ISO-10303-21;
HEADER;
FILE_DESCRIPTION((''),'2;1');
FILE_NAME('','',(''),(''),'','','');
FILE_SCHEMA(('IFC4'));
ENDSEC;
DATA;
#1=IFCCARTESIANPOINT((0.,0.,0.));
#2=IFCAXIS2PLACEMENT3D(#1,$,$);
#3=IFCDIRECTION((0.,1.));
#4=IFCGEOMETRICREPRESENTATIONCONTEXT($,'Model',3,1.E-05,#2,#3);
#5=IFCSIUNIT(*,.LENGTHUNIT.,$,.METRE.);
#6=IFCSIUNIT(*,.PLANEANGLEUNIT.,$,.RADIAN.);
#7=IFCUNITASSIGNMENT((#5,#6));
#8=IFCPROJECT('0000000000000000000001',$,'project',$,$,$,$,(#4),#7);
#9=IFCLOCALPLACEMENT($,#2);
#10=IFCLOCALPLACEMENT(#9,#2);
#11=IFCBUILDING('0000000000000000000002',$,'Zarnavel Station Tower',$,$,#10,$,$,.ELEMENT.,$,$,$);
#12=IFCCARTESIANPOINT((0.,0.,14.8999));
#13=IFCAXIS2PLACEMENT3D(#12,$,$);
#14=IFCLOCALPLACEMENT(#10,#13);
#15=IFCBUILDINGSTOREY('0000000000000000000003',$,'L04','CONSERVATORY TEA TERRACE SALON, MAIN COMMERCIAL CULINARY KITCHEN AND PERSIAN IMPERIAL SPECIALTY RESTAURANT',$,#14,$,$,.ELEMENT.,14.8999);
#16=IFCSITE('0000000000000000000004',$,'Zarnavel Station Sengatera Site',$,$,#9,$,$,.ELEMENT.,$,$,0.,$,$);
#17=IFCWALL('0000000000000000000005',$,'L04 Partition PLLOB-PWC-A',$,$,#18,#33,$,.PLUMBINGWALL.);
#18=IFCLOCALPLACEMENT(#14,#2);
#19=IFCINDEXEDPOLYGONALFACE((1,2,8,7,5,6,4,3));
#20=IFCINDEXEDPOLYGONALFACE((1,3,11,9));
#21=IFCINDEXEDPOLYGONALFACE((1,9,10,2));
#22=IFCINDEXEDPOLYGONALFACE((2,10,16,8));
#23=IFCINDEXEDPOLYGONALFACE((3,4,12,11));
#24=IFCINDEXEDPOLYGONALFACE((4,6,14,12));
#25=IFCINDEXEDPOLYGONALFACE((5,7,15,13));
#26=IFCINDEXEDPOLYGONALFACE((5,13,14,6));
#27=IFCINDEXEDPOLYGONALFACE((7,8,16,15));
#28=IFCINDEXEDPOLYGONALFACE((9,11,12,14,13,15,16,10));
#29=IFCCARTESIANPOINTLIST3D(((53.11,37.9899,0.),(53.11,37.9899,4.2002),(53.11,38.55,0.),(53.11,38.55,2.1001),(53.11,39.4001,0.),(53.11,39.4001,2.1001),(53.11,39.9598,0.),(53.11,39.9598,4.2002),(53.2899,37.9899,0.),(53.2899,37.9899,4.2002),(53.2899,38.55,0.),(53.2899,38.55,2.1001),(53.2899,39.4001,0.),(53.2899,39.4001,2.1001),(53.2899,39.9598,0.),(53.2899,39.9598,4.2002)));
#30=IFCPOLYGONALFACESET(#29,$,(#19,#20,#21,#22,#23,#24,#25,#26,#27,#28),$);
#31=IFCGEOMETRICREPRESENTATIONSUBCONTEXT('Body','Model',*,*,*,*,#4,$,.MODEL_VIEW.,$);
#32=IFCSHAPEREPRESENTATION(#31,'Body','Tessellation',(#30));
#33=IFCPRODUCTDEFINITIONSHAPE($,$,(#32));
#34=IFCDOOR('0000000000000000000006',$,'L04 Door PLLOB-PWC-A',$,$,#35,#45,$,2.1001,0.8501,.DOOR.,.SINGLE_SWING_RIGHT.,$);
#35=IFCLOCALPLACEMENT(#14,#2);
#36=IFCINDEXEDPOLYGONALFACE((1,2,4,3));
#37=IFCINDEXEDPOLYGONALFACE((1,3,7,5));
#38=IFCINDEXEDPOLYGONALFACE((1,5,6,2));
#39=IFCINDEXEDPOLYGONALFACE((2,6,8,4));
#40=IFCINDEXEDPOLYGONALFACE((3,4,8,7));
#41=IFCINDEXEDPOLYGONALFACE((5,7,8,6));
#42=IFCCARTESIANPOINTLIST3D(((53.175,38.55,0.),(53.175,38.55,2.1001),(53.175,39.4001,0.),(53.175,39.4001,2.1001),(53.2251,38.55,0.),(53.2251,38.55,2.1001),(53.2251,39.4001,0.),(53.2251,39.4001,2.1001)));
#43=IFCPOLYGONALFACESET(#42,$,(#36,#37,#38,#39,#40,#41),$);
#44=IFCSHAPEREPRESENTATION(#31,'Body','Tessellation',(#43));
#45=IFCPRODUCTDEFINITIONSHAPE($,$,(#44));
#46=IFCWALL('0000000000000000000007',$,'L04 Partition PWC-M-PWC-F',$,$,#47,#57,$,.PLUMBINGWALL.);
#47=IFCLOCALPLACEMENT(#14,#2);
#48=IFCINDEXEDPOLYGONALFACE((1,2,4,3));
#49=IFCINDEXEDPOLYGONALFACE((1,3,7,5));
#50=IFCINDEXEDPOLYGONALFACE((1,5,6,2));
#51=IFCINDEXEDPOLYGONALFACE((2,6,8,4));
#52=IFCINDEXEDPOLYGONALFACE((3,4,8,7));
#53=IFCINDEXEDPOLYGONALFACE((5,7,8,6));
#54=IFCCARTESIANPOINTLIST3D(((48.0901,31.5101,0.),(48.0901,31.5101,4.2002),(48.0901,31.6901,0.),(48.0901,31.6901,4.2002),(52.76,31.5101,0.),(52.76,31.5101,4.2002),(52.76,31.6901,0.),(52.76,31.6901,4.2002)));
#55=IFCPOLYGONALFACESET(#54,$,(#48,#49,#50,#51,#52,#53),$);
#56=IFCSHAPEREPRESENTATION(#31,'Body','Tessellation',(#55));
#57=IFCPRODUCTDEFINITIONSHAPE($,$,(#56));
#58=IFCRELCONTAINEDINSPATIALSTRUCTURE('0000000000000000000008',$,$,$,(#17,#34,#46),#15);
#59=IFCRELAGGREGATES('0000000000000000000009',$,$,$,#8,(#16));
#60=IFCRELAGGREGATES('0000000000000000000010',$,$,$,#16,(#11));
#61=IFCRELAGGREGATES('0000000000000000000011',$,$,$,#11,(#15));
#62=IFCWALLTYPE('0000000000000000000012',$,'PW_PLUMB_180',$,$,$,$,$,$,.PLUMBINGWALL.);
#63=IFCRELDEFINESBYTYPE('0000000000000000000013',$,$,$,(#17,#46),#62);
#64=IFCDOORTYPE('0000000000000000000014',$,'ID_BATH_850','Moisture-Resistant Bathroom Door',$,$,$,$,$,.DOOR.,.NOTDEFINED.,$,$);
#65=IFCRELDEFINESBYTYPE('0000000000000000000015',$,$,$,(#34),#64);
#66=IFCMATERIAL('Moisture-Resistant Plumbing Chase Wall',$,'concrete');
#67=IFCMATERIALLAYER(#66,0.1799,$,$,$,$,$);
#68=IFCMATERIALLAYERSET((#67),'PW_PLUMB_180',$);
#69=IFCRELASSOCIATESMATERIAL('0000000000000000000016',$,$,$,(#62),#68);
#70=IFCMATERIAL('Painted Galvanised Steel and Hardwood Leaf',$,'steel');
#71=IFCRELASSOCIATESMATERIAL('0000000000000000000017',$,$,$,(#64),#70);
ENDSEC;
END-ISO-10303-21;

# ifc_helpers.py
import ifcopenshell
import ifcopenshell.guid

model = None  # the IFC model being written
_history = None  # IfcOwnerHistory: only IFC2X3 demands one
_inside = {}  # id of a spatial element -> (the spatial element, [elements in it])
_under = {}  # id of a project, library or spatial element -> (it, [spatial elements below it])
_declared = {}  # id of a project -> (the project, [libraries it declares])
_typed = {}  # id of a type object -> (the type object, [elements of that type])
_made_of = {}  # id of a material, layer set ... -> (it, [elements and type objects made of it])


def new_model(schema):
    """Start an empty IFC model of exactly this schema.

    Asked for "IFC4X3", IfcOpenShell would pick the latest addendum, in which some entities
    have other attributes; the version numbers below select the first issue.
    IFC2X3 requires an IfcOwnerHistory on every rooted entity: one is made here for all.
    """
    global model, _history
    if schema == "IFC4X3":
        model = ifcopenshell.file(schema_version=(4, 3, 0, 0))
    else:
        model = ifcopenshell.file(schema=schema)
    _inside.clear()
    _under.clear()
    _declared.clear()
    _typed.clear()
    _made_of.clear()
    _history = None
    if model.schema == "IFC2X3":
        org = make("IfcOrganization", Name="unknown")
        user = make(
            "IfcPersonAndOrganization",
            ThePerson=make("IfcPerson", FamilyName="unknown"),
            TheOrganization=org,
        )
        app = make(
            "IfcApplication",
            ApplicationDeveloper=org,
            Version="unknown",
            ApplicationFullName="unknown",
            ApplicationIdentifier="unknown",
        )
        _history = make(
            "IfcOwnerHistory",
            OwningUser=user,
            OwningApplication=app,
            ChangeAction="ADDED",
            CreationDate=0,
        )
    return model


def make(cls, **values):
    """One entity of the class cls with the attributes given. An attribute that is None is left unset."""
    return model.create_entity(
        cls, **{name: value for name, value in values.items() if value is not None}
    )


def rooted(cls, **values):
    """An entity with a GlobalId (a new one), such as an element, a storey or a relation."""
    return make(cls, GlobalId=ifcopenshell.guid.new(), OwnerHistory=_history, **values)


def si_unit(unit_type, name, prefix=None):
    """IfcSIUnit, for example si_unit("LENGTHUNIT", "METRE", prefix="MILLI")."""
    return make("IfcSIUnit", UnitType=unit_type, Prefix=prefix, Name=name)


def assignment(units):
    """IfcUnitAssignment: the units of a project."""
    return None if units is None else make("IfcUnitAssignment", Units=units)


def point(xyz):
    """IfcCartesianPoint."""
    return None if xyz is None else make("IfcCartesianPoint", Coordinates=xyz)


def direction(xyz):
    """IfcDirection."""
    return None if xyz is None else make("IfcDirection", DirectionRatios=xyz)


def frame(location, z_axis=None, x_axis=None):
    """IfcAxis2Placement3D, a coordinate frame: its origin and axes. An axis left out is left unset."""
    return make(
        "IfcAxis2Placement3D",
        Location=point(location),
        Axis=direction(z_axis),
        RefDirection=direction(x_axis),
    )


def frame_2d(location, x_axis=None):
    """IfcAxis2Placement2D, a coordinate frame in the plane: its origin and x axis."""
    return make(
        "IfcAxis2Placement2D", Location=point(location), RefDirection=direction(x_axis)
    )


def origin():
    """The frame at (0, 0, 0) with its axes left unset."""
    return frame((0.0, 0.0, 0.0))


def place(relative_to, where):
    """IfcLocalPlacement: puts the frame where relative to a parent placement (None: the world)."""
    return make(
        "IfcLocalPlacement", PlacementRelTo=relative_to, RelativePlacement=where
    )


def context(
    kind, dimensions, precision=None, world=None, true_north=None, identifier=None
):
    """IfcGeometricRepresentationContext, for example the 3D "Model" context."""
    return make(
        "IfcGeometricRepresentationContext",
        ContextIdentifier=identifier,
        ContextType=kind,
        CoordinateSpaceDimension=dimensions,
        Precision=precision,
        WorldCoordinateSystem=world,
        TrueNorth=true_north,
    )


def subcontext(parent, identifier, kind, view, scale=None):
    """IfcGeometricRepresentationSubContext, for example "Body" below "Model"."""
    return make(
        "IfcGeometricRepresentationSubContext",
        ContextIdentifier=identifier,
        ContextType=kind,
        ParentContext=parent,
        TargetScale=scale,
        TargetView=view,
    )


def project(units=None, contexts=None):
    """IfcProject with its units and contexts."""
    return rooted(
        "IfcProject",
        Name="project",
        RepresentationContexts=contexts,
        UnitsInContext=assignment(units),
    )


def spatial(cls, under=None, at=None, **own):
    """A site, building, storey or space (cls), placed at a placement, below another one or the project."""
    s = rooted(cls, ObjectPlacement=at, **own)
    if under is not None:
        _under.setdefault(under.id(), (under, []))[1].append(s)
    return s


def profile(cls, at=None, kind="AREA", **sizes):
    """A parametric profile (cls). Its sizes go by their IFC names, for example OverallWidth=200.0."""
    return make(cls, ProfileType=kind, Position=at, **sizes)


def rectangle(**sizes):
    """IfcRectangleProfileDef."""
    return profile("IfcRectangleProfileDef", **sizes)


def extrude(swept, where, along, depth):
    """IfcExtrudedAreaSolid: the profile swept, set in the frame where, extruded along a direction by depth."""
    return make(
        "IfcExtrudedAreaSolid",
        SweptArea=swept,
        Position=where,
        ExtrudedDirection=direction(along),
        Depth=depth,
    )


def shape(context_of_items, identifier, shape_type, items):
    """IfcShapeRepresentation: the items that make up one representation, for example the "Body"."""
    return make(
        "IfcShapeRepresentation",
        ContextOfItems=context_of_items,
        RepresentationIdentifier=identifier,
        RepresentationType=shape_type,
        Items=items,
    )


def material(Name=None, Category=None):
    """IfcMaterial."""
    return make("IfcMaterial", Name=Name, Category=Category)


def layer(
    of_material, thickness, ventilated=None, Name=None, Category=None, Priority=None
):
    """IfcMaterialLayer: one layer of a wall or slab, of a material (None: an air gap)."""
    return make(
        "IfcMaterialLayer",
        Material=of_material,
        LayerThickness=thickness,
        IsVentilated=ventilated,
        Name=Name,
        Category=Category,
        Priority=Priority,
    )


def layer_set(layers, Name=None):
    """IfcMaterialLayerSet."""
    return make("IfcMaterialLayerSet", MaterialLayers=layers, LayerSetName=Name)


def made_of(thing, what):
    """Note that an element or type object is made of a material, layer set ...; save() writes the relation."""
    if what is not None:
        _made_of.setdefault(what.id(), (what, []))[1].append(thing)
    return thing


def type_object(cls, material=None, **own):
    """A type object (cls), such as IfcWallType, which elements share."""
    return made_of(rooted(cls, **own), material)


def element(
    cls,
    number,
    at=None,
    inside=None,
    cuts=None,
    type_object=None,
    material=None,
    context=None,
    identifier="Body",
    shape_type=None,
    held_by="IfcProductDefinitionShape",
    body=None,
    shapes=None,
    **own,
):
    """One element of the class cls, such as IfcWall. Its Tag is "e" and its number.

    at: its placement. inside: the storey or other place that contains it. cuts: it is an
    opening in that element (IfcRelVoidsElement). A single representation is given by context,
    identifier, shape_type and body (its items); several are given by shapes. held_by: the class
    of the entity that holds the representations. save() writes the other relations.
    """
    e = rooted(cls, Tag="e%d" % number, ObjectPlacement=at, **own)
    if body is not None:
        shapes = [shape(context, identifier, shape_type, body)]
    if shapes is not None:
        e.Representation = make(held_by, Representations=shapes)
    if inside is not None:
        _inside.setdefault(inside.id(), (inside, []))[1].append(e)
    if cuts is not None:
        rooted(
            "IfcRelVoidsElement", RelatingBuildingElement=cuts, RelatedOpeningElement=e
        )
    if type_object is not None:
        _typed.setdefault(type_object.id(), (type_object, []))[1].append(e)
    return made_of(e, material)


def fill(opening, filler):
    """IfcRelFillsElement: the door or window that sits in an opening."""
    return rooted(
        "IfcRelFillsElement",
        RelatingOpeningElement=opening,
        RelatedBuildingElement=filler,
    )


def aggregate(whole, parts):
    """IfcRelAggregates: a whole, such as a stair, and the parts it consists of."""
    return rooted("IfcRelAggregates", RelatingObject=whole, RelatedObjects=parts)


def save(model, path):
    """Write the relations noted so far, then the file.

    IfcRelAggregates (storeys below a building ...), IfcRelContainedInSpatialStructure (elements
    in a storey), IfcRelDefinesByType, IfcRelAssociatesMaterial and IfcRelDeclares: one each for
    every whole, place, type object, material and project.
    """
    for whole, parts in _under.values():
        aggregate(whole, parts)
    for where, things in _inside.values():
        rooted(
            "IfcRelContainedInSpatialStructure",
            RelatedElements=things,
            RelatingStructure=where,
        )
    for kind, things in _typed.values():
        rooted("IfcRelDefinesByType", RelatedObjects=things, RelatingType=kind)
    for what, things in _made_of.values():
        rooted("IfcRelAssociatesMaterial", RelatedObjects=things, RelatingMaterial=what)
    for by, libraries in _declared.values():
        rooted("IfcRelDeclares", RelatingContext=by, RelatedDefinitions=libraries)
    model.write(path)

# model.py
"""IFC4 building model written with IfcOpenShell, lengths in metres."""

from ifc_helpers import new_model, si_unit, direction, frame, frame_2d, origin, place, context, subcontext, project, spatial, rectangle, extrude, material, layer, layer_set, type_object, element, fill, save


model = new_model("IFC4")

# Units and contexts
model_context = context("Model", 3, precision=1e-05, world=origin(), true_north=direction((0.0, 1.0)))
body_context = subcontext(model_context, "Body", "Model", "MODEL_VIEW")
ifc_project = project(units=[si_unit("LENGTHUNIT", "METRE"), si_unit("PLANEANGLEUNIT", "RADIAN")], contexts=[model_context])

# Site, building, storey
site_placement = place(None, origin())
site = spatial("IfcSite", under=ifc_project, at=site_placement, Name="Zarnavel Station Sengatera Site", CompositionType="ELEMENT", RefElevation=0.0)
building_placement = place(site_placement, origin())
building = spatial("IfcBuilding", under=site, at=building_placement, Name="Zarnavel Station Tower", CompositionType="ELEMENT")
storey_placement = place(building_placement, frame((0.0, 0.0, 14.8999)))
storey = spatial("IfcBuildingStorey", under=building, at=storey_placement, Name="L04", Description="CONSERVATORY TEA TERRACE SALON, MAIN COMMERCIAL CULINARY KITCHEN AND PERSIAN IMPERIAL SPECIALTY RESTAURANT", CompositionType="ELEMENT", Elevation=14.8999)

# Wall, opening, door
ifc_material_1 = material(Name="Moisture-Resistant Plumbing Chase Wall", Category="concrete")
ifc_layer_1 = layer(ifc_material_1, 0.1799)
ifc_layer_set_1 = layer_set([ifc_layer_1], Name="PW_PLUMB_180")
wall_type_1 = type_object("IfcWallType", Name="PW_PLUMB_180", PredefinedType="PLUMBINGWALL", material=ifc_layer_set_1)
ifc_material_2 = material(Name="Painted Galvanised Steel and Hardwood Leaf", Category="steel")
door_type_1 = type_object("IfcDoorType", Name="ID_BATH_850", Description="Moisture-Resistant Bathroom Door", OperationType="NOTDEFINED", PredefinedType="DOOR", material=ifc_material_2)
wall_1_placement = place(storey_placement, frame((53.2, 37.99, 0.0), z_axis=(0.0, 0.0, 1.0), x_axis=(0.0, 1.0, 0.0)))
wall_1 = element("IfcWall", 1, at=wall_1_placement, inside=storey, type_object=wall_type_1, Name="L04 Partition PLLOB-PWC-A", PredefinedType="PLUMBINGWALL", context=body_context, shape_type="SweptSolid", body=[
    extrude(rectangle(XDim=1.97, YDim=0.1799, at=frame_2d((0.9849, 0.0))), origin(), (0.0, 0.0, 1.0), 4.2002),
])
opening_1_placement = place(wall_1_placement, frame((0.5601, 0.0, 0.0)))
opening_1 = element("IfcOpeningElement", 2, at=opening_1_placement, cuts=wall_1, PredefinedType="OPENING", context=body_context, shape_type="SweptSolid", body=[
    extrude(rectangle(XDim=0.8501, YDim=2.1001, at=frame_2d((0.425, 1.05))), frame((0.0, 0.0999, 0.0), z_axis=(0.0, -1.0, 0.0), x_axis=(1.0, 0.0, 0.0)), (0.0, 0.0, 1.0), 0.2),
])
door_1_placement = place(opening_1_placement, origin())
door_1 = element("IfcDoor", 3, at=door_1_placement, inside=storey, type_object=door_type_1, Name="L04 Door PLLOB-PWC-A", OperationType="SINGLE_SWING_RIGHT", OverallHeight=2.1001, OverallWidth=0.8501, PredefinedType="DOOR", context=body_context, shape_type="SweptSolid", body=[
    extrude(rectangle(XDim=0.8501, YDim=2.1001, at=frame_2d((0.425, 1.05))), frame((0.0, 0.0249, 0.0), z_axis=(0.0, -1.0, 0.0), x_axis=(1.0, 0.0, 0.0)), (0.0, 0.0, 1.0), 0.05),
])
fill(opening_1, door_1)

# Wall
wall_2_placement = place(storey_placement, frame((48.0901, 31.6001, 0.0), z_axis=(0.0, 0.0, 1.0), x_axis=(1.0, 0.0, 0.0)))
element("IfcWall", 4, at=wall_2_placement, inside=storey, type_object=wall_type_1, Name="L04 Partition PWC-M-PWC-F", PredefinedType="PLUMBINGWALL", context=body_context, shape_type="SweptSolid", body=[
    extrude(rectangle(XDim=4.6699, YDim=0.1799, at=frame_2d((2.335, 0.0))), origin(), (0.0, 0.0, 1.0), 4.2002),
])

save(model, "model.ifc")
